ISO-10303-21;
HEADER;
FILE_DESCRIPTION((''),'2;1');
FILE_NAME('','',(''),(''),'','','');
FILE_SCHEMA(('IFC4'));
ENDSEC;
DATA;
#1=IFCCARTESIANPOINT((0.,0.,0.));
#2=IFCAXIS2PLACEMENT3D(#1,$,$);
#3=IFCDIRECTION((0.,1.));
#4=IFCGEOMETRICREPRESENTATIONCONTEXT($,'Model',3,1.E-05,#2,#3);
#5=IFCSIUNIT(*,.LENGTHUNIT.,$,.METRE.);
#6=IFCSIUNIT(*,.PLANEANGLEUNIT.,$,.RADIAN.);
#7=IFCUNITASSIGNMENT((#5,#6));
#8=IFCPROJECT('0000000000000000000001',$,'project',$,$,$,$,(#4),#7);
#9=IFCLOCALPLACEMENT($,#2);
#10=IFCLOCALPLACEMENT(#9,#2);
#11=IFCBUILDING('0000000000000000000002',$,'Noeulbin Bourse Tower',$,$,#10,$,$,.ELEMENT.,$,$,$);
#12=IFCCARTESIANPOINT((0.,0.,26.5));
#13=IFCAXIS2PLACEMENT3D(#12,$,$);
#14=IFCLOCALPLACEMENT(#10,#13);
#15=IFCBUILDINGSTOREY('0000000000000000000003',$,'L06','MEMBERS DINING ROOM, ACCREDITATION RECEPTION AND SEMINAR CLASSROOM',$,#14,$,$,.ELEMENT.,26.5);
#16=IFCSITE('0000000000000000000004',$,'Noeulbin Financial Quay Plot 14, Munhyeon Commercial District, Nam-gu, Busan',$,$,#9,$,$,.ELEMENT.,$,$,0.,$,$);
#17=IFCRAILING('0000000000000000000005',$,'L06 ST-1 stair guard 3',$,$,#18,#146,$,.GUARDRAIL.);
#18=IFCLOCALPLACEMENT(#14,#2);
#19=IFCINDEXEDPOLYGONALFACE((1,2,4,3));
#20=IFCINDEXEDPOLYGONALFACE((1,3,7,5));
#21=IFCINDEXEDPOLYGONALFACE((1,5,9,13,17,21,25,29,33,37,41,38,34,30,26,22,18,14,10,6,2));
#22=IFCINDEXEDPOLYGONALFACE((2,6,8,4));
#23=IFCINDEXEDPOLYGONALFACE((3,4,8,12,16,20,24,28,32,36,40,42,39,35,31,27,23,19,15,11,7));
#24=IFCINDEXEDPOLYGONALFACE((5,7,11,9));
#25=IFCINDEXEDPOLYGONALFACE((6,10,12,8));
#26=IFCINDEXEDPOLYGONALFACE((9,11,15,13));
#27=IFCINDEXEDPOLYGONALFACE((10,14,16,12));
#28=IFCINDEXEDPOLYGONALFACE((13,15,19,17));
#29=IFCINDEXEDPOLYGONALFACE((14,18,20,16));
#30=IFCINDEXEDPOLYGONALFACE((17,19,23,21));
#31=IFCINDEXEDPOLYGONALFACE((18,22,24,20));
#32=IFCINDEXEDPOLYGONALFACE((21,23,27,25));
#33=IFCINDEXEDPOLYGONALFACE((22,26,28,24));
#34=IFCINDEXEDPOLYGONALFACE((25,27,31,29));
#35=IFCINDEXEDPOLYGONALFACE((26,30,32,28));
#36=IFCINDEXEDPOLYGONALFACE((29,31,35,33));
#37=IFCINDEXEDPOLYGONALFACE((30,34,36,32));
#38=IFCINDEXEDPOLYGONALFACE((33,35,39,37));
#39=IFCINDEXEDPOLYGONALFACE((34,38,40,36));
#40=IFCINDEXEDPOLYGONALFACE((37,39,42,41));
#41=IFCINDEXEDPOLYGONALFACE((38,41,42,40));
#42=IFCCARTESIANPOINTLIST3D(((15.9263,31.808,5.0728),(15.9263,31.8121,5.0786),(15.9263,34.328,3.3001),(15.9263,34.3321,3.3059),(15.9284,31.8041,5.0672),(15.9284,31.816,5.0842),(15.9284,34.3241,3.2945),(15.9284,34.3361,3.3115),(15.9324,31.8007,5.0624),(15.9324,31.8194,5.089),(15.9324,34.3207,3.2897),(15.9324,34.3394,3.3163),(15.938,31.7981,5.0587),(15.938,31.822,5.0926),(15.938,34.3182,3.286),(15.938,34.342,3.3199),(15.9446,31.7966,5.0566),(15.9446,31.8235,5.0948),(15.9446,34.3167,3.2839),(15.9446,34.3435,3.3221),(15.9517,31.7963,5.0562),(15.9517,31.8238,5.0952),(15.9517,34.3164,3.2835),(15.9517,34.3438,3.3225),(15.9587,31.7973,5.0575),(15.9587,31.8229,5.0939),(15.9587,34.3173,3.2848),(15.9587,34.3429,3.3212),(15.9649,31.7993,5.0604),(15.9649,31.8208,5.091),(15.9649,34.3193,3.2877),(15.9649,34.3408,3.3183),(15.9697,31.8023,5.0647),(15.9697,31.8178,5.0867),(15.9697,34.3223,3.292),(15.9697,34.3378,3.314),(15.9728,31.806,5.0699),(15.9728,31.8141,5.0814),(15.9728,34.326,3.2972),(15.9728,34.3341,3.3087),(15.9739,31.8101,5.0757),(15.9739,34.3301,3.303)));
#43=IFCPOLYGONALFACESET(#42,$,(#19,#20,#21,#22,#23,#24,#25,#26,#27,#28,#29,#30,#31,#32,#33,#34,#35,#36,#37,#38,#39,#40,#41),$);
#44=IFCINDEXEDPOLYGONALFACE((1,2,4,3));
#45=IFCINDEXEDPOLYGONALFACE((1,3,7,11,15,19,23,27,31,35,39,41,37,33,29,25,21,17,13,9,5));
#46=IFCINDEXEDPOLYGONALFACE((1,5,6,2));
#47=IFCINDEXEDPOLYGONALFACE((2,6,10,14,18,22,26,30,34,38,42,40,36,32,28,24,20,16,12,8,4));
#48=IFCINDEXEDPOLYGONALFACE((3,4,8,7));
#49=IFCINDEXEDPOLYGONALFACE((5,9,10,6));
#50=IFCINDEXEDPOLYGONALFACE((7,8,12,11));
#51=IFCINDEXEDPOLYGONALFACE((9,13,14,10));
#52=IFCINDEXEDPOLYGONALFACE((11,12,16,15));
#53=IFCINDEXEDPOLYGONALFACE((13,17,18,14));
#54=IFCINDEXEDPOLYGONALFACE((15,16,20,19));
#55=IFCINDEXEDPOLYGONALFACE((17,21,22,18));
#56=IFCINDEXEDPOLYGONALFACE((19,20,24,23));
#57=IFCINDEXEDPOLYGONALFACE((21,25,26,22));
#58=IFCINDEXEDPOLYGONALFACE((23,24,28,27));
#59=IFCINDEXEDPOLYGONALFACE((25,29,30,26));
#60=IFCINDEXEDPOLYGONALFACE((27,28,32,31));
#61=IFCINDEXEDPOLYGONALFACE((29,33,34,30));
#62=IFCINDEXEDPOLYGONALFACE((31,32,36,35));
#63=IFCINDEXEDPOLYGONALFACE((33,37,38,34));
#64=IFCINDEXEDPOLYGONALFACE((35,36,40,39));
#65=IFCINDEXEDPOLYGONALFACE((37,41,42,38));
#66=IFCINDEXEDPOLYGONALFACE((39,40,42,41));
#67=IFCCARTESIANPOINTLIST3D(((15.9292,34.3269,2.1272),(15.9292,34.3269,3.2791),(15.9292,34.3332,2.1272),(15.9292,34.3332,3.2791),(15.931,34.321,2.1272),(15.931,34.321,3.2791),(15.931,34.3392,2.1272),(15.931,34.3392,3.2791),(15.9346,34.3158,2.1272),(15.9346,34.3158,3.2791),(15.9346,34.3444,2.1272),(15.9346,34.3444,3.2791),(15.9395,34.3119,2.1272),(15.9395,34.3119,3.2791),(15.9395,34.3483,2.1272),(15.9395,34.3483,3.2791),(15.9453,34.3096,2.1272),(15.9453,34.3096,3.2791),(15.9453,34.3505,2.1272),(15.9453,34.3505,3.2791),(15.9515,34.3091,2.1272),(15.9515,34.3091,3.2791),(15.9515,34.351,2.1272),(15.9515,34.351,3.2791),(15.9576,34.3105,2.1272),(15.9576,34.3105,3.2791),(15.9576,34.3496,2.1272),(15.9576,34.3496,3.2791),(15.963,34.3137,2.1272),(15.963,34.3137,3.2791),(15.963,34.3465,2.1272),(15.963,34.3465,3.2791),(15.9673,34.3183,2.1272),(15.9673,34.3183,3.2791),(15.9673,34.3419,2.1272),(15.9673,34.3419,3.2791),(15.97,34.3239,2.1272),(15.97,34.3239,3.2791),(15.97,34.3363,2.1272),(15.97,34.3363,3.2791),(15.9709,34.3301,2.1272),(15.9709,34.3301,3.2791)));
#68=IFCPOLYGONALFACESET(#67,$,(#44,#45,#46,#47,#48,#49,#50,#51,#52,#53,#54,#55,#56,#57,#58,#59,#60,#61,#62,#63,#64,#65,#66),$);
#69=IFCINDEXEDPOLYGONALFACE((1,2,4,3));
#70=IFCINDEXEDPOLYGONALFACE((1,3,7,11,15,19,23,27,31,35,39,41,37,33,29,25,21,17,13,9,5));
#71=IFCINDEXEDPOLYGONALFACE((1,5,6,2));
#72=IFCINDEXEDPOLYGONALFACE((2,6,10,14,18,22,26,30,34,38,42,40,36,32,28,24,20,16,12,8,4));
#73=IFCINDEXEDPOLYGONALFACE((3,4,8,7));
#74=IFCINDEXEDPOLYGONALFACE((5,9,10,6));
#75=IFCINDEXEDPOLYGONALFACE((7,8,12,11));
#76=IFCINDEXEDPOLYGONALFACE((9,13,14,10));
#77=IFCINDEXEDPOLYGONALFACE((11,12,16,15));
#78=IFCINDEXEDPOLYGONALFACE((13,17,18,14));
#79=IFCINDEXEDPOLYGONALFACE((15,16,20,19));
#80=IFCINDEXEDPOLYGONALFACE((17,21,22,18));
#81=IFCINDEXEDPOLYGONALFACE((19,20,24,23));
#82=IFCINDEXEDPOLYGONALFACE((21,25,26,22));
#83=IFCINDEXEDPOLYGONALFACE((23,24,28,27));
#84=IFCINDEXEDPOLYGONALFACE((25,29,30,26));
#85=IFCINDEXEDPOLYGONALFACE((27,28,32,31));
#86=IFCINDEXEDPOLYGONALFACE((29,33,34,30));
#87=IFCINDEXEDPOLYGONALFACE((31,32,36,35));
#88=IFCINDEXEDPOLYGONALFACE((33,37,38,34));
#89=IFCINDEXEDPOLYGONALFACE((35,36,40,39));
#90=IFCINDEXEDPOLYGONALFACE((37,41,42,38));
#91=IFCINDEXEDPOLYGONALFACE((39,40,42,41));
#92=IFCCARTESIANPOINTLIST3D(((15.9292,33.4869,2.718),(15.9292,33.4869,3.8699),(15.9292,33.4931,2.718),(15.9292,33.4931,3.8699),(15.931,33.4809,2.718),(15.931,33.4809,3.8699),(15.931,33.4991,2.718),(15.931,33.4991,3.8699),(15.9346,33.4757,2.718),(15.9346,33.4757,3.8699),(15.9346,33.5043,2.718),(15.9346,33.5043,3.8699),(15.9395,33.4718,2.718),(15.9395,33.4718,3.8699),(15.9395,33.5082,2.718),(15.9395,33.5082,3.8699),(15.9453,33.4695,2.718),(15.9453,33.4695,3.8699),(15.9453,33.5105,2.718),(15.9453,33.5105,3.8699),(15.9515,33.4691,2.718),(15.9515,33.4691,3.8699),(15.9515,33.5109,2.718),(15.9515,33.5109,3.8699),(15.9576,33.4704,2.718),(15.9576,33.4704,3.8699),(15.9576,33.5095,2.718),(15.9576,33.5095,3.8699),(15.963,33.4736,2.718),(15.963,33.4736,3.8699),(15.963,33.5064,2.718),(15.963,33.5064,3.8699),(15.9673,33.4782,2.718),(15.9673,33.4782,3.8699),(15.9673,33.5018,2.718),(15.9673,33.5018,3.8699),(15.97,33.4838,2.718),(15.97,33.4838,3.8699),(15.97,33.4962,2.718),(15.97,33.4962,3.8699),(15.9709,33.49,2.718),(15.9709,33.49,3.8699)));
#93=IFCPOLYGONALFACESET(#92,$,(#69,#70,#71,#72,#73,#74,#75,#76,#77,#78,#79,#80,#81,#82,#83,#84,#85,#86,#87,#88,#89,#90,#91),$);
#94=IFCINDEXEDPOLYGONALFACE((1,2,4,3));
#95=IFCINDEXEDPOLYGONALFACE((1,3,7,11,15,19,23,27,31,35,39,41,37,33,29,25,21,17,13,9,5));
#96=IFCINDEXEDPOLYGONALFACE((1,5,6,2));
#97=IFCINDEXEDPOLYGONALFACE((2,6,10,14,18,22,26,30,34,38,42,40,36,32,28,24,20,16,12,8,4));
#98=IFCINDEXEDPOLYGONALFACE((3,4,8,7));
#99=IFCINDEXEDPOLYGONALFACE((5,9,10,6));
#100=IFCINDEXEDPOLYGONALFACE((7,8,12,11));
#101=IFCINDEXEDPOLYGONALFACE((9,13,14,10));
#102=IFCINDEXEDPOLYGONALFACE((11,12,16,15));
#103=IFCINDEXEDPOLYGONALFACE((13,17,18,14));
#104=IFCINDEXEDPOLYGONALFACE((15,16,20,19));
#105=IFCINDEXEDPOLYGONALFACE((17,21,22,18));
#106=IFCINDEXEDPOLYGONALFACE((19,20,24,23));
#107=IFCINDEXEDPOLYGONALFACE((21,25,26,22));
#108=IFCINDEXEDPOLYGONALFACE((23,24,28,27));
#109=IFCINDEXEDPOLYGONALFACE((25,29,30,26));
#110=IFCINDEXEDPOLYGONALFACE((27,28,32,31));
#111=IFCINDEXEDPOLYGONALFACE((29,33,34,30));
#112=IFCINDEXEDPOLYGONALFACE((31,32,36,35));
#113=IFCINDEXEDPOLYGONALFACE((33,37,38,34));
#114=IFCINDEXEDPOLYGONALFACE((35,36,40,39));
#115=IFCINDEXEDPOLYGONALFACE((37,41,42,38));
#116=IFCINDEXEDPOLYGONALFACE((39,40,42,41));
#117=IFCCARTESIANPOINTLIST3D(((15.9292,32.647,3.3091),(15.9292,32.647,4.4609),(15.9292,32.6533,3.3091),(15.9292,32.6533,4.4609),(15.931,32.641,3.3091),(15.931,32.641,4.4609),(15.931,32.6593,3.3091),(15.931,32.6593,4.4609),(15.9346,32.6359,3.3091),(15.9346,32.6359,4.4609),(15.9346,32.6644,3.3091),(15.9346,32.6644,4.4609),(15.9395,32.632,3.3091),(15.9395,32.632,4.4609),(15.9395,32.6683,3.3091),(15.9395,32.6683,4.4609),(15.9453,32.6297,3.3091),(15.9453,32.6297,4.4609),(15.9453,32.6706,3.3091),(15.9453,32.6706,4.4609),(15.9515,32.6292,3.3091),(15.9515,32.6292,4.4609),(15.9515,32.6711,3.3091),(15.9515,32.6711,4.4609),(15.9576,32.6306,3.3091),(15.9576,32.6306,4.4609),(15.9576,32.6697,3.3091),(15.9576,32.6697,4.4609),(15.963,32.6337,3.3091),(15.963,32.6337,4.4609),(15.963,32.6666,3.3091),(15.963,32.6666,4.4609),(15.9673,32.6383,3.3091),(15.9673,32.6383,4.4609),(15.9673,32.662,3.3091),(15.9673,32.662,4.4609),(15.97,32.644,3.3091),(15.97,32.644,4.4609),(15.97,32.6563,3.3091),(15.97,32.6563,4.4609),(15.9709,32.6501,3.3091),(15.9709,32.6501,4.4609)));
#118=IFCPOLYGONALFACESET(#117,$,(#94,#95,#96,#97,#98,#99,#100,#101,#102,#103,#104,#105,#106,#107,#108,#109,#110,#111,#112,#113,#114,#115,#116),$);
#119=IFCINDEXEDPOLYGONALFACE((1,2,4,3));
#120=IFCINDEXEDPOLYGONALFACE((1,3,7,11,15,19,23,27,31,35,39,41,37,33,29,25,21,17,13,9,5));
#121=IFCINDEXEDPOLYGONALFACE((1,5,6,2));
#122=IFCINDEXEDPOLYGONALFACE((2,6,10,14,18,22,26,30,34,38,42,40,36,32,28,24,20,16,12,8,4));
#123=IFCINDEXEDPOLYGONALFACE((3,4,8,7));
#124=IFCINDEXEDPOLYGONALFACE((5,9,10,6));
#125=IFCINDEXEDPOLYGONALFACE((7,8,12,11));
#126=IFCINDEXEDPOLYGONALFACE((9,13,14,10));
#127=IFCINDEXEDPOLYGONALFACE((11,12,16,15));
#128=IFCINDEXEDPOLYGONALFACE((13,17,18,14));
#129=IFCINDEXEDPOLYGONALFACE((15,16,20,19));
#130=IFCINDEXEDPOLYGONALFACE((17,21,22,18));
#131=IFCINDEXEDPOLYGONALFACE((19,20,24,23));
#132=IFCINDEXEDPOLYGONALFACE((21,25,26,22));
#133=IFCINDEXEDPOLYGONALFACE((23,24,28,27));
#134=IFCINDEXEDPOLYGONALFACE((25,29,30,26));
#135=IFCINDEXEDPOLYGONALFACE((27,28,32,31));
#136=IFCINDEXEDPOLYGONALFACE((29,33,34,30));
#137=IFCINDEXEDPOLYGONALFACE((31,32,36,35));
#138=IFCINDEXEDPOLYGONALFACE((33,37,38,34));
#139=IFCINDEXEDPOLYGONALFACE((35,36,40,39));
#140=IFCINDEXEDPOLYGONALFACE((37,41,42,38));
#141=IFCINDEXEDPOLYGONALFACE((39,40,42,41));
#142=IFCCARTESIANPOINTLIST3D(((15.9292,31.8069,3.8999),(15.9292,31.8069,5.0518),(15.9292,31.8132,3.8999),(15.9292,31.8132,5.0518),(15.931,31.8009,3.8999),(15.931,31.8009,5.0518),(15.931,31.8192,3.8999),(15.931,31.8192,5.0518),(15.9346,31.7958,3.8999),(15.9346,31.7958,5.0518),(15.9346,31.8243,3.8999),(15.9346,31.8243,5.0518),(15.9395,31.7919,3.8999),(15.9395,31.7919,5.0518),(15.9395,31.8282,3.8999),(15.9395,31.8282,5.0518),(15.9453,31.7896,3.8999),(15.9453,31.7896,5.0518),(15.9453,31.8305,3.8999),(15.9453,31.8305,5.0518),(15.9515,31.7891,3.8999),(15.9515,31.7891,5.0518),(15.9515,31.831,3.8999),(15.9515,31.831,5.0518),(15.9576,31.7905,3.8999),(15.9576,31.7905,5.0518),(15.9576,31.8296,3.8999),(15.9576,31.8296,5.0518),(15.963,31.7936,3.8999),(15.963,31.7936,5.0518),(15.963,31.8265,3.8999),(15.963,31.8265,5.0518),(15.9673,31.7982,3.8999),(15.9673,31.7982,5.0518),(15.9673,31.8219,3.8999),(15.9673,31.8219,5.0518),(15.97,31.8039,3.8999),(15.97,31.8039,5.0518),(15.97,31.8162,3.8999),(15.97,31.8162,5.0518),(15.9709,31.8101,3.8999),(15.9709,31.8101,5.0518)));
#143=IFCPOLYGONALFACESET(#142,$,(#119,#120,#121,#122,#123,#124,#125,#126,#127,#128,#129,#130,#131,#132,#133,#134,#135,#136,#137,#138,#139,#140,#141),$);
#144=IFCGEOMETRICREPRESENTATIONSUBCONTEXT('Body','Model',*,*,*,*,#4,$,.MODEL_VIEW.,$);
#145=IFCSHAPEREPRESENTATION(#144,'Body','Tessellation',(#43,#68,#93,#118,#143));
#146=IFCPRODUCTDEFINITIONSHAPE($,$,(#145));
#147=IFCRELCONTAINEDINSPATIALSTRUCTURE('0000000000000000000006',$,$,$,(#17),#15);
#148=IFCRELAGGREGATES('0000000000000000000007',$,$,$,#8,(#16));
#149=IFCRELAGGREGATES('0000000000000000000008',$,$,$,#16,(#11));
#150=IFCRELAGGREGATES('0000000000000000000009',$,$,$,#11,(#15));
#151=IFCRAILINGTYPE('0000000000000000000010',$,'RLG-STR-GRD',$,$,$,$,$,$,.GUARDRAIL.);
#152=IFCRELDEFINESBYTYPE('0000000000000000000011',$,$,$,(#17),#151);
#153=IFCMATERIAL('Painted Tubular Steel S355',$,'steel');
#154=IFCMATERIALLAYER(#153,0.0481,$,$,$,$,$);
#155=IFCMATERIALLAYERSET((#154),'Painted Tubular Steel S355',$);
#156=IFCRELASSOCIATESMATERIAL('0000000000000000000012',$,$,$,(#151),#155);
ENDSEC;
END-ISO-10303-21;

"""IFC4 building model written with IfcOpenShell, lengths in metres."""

from ifc_helpers import new_model, si_unit, direction, frame, origin, origin_2d, place, context, subcontext, project, spatial, circle, extrude, material, layer, layer_set, type_object, element, save


model = new_model("IFC4")

# Units and contexts
model_context = context("Model", 3, precision=1e-05, world=origin(), true_north=direction((0.0, 1.0)))
body_context = subcontext(model_context, "Body", "Model", "MODEL_VIEW")
ifc_project = project(units=[si_unit("LENGTHUNIT", "METRE"), si_unit("PLANEANGLEUNIT", "RADIAN")], contexts=[model_context])

# Site, building, storey
site_placement = place(None, origin())
site = spatial("IfcSite", under=ifc_project, at=site_placement, Name="Noeulbin Financial Quay Plot 14, Munhyeon Commercial District, Nam-gu, Busan", CompositionType="ELEMENT", RefElevation=0.0)
building_placement = place(site_placement, origin())
building = spatial("IfcBuilding", under=site, at=building_placement, Name="Noeulbin Bourse Tower", CompositionType="ELEMENT")
storey_placement = place(building_placement, frame((0.0, 0.0, 26.5)))
storey = spatial("IfcBuildingStorey", under=building, at=storey_placement, Name="L06", Description="MEMBERS DINING ROOM, ACCREDITATION RECEPTION AND SEMINAR CLASSROOM", CompositionType="ELEMENT", Elevation=26.5)

# Railing
ifc_material_1 = material(Name="Painted Tubular Steel S355", Category="steel")
ifc_layer_1 = layer(ifc_material_1, 0.0481)
ifc_layer_set_1 = layer_set([ifc_layer_1], Name="Painted Tubular Steel S355")
railing_type_1 = type_object("IfcRailingType", Name="RLG-STR-GRD", PredefinedType="GUARDRAIL", material=ifc_layer_set_1)
railing_1_placement = place(storey_placement, frame((15.95, 34.3301, 2.1272)))
element("IfcRailing", 1, at=railing_1_placement, inside=storey, type_object=railing_type_1, Name="L06 ST-1 stair guard 3", PredefinedType="GUARDRAIL", context=body_context, shape_type="SweptSolid", body=[
    extrude(circle(Radius=0.0239, at=origin_2d()), frame((0.0, 0.0, 1.1758), z_axis=(0.0, -0.817904, 0.575354), x_axis=(1.0, 0.0, 0.0)), (0.0, 0.0, 1.0), 3.0811),
    extrude(circle(Radius=0.021, at=origin_2d()), origin(), (0.0, 0.0, 1.0), 1.1519),
    extrude(circle(Radius=0.021, at=origin_2d()), frame((0.0, -0.8401, 0.5908)), (0.0, 0.0, 1.0), 1.1519),
    extrude(circle(Radius=0.021, at=origin_2d()), frame((0.0, -1.6799, 1.1819)), (0.0, 0.0, 1.0), 1.1519),
    extrude(circle(Radius=0.021, at=origin_2d()), frame((0.0, -2.52, 1.7727)), (0.0, 0.0, 1.0), 1.1519),
])

save(model, "model.ifc")
